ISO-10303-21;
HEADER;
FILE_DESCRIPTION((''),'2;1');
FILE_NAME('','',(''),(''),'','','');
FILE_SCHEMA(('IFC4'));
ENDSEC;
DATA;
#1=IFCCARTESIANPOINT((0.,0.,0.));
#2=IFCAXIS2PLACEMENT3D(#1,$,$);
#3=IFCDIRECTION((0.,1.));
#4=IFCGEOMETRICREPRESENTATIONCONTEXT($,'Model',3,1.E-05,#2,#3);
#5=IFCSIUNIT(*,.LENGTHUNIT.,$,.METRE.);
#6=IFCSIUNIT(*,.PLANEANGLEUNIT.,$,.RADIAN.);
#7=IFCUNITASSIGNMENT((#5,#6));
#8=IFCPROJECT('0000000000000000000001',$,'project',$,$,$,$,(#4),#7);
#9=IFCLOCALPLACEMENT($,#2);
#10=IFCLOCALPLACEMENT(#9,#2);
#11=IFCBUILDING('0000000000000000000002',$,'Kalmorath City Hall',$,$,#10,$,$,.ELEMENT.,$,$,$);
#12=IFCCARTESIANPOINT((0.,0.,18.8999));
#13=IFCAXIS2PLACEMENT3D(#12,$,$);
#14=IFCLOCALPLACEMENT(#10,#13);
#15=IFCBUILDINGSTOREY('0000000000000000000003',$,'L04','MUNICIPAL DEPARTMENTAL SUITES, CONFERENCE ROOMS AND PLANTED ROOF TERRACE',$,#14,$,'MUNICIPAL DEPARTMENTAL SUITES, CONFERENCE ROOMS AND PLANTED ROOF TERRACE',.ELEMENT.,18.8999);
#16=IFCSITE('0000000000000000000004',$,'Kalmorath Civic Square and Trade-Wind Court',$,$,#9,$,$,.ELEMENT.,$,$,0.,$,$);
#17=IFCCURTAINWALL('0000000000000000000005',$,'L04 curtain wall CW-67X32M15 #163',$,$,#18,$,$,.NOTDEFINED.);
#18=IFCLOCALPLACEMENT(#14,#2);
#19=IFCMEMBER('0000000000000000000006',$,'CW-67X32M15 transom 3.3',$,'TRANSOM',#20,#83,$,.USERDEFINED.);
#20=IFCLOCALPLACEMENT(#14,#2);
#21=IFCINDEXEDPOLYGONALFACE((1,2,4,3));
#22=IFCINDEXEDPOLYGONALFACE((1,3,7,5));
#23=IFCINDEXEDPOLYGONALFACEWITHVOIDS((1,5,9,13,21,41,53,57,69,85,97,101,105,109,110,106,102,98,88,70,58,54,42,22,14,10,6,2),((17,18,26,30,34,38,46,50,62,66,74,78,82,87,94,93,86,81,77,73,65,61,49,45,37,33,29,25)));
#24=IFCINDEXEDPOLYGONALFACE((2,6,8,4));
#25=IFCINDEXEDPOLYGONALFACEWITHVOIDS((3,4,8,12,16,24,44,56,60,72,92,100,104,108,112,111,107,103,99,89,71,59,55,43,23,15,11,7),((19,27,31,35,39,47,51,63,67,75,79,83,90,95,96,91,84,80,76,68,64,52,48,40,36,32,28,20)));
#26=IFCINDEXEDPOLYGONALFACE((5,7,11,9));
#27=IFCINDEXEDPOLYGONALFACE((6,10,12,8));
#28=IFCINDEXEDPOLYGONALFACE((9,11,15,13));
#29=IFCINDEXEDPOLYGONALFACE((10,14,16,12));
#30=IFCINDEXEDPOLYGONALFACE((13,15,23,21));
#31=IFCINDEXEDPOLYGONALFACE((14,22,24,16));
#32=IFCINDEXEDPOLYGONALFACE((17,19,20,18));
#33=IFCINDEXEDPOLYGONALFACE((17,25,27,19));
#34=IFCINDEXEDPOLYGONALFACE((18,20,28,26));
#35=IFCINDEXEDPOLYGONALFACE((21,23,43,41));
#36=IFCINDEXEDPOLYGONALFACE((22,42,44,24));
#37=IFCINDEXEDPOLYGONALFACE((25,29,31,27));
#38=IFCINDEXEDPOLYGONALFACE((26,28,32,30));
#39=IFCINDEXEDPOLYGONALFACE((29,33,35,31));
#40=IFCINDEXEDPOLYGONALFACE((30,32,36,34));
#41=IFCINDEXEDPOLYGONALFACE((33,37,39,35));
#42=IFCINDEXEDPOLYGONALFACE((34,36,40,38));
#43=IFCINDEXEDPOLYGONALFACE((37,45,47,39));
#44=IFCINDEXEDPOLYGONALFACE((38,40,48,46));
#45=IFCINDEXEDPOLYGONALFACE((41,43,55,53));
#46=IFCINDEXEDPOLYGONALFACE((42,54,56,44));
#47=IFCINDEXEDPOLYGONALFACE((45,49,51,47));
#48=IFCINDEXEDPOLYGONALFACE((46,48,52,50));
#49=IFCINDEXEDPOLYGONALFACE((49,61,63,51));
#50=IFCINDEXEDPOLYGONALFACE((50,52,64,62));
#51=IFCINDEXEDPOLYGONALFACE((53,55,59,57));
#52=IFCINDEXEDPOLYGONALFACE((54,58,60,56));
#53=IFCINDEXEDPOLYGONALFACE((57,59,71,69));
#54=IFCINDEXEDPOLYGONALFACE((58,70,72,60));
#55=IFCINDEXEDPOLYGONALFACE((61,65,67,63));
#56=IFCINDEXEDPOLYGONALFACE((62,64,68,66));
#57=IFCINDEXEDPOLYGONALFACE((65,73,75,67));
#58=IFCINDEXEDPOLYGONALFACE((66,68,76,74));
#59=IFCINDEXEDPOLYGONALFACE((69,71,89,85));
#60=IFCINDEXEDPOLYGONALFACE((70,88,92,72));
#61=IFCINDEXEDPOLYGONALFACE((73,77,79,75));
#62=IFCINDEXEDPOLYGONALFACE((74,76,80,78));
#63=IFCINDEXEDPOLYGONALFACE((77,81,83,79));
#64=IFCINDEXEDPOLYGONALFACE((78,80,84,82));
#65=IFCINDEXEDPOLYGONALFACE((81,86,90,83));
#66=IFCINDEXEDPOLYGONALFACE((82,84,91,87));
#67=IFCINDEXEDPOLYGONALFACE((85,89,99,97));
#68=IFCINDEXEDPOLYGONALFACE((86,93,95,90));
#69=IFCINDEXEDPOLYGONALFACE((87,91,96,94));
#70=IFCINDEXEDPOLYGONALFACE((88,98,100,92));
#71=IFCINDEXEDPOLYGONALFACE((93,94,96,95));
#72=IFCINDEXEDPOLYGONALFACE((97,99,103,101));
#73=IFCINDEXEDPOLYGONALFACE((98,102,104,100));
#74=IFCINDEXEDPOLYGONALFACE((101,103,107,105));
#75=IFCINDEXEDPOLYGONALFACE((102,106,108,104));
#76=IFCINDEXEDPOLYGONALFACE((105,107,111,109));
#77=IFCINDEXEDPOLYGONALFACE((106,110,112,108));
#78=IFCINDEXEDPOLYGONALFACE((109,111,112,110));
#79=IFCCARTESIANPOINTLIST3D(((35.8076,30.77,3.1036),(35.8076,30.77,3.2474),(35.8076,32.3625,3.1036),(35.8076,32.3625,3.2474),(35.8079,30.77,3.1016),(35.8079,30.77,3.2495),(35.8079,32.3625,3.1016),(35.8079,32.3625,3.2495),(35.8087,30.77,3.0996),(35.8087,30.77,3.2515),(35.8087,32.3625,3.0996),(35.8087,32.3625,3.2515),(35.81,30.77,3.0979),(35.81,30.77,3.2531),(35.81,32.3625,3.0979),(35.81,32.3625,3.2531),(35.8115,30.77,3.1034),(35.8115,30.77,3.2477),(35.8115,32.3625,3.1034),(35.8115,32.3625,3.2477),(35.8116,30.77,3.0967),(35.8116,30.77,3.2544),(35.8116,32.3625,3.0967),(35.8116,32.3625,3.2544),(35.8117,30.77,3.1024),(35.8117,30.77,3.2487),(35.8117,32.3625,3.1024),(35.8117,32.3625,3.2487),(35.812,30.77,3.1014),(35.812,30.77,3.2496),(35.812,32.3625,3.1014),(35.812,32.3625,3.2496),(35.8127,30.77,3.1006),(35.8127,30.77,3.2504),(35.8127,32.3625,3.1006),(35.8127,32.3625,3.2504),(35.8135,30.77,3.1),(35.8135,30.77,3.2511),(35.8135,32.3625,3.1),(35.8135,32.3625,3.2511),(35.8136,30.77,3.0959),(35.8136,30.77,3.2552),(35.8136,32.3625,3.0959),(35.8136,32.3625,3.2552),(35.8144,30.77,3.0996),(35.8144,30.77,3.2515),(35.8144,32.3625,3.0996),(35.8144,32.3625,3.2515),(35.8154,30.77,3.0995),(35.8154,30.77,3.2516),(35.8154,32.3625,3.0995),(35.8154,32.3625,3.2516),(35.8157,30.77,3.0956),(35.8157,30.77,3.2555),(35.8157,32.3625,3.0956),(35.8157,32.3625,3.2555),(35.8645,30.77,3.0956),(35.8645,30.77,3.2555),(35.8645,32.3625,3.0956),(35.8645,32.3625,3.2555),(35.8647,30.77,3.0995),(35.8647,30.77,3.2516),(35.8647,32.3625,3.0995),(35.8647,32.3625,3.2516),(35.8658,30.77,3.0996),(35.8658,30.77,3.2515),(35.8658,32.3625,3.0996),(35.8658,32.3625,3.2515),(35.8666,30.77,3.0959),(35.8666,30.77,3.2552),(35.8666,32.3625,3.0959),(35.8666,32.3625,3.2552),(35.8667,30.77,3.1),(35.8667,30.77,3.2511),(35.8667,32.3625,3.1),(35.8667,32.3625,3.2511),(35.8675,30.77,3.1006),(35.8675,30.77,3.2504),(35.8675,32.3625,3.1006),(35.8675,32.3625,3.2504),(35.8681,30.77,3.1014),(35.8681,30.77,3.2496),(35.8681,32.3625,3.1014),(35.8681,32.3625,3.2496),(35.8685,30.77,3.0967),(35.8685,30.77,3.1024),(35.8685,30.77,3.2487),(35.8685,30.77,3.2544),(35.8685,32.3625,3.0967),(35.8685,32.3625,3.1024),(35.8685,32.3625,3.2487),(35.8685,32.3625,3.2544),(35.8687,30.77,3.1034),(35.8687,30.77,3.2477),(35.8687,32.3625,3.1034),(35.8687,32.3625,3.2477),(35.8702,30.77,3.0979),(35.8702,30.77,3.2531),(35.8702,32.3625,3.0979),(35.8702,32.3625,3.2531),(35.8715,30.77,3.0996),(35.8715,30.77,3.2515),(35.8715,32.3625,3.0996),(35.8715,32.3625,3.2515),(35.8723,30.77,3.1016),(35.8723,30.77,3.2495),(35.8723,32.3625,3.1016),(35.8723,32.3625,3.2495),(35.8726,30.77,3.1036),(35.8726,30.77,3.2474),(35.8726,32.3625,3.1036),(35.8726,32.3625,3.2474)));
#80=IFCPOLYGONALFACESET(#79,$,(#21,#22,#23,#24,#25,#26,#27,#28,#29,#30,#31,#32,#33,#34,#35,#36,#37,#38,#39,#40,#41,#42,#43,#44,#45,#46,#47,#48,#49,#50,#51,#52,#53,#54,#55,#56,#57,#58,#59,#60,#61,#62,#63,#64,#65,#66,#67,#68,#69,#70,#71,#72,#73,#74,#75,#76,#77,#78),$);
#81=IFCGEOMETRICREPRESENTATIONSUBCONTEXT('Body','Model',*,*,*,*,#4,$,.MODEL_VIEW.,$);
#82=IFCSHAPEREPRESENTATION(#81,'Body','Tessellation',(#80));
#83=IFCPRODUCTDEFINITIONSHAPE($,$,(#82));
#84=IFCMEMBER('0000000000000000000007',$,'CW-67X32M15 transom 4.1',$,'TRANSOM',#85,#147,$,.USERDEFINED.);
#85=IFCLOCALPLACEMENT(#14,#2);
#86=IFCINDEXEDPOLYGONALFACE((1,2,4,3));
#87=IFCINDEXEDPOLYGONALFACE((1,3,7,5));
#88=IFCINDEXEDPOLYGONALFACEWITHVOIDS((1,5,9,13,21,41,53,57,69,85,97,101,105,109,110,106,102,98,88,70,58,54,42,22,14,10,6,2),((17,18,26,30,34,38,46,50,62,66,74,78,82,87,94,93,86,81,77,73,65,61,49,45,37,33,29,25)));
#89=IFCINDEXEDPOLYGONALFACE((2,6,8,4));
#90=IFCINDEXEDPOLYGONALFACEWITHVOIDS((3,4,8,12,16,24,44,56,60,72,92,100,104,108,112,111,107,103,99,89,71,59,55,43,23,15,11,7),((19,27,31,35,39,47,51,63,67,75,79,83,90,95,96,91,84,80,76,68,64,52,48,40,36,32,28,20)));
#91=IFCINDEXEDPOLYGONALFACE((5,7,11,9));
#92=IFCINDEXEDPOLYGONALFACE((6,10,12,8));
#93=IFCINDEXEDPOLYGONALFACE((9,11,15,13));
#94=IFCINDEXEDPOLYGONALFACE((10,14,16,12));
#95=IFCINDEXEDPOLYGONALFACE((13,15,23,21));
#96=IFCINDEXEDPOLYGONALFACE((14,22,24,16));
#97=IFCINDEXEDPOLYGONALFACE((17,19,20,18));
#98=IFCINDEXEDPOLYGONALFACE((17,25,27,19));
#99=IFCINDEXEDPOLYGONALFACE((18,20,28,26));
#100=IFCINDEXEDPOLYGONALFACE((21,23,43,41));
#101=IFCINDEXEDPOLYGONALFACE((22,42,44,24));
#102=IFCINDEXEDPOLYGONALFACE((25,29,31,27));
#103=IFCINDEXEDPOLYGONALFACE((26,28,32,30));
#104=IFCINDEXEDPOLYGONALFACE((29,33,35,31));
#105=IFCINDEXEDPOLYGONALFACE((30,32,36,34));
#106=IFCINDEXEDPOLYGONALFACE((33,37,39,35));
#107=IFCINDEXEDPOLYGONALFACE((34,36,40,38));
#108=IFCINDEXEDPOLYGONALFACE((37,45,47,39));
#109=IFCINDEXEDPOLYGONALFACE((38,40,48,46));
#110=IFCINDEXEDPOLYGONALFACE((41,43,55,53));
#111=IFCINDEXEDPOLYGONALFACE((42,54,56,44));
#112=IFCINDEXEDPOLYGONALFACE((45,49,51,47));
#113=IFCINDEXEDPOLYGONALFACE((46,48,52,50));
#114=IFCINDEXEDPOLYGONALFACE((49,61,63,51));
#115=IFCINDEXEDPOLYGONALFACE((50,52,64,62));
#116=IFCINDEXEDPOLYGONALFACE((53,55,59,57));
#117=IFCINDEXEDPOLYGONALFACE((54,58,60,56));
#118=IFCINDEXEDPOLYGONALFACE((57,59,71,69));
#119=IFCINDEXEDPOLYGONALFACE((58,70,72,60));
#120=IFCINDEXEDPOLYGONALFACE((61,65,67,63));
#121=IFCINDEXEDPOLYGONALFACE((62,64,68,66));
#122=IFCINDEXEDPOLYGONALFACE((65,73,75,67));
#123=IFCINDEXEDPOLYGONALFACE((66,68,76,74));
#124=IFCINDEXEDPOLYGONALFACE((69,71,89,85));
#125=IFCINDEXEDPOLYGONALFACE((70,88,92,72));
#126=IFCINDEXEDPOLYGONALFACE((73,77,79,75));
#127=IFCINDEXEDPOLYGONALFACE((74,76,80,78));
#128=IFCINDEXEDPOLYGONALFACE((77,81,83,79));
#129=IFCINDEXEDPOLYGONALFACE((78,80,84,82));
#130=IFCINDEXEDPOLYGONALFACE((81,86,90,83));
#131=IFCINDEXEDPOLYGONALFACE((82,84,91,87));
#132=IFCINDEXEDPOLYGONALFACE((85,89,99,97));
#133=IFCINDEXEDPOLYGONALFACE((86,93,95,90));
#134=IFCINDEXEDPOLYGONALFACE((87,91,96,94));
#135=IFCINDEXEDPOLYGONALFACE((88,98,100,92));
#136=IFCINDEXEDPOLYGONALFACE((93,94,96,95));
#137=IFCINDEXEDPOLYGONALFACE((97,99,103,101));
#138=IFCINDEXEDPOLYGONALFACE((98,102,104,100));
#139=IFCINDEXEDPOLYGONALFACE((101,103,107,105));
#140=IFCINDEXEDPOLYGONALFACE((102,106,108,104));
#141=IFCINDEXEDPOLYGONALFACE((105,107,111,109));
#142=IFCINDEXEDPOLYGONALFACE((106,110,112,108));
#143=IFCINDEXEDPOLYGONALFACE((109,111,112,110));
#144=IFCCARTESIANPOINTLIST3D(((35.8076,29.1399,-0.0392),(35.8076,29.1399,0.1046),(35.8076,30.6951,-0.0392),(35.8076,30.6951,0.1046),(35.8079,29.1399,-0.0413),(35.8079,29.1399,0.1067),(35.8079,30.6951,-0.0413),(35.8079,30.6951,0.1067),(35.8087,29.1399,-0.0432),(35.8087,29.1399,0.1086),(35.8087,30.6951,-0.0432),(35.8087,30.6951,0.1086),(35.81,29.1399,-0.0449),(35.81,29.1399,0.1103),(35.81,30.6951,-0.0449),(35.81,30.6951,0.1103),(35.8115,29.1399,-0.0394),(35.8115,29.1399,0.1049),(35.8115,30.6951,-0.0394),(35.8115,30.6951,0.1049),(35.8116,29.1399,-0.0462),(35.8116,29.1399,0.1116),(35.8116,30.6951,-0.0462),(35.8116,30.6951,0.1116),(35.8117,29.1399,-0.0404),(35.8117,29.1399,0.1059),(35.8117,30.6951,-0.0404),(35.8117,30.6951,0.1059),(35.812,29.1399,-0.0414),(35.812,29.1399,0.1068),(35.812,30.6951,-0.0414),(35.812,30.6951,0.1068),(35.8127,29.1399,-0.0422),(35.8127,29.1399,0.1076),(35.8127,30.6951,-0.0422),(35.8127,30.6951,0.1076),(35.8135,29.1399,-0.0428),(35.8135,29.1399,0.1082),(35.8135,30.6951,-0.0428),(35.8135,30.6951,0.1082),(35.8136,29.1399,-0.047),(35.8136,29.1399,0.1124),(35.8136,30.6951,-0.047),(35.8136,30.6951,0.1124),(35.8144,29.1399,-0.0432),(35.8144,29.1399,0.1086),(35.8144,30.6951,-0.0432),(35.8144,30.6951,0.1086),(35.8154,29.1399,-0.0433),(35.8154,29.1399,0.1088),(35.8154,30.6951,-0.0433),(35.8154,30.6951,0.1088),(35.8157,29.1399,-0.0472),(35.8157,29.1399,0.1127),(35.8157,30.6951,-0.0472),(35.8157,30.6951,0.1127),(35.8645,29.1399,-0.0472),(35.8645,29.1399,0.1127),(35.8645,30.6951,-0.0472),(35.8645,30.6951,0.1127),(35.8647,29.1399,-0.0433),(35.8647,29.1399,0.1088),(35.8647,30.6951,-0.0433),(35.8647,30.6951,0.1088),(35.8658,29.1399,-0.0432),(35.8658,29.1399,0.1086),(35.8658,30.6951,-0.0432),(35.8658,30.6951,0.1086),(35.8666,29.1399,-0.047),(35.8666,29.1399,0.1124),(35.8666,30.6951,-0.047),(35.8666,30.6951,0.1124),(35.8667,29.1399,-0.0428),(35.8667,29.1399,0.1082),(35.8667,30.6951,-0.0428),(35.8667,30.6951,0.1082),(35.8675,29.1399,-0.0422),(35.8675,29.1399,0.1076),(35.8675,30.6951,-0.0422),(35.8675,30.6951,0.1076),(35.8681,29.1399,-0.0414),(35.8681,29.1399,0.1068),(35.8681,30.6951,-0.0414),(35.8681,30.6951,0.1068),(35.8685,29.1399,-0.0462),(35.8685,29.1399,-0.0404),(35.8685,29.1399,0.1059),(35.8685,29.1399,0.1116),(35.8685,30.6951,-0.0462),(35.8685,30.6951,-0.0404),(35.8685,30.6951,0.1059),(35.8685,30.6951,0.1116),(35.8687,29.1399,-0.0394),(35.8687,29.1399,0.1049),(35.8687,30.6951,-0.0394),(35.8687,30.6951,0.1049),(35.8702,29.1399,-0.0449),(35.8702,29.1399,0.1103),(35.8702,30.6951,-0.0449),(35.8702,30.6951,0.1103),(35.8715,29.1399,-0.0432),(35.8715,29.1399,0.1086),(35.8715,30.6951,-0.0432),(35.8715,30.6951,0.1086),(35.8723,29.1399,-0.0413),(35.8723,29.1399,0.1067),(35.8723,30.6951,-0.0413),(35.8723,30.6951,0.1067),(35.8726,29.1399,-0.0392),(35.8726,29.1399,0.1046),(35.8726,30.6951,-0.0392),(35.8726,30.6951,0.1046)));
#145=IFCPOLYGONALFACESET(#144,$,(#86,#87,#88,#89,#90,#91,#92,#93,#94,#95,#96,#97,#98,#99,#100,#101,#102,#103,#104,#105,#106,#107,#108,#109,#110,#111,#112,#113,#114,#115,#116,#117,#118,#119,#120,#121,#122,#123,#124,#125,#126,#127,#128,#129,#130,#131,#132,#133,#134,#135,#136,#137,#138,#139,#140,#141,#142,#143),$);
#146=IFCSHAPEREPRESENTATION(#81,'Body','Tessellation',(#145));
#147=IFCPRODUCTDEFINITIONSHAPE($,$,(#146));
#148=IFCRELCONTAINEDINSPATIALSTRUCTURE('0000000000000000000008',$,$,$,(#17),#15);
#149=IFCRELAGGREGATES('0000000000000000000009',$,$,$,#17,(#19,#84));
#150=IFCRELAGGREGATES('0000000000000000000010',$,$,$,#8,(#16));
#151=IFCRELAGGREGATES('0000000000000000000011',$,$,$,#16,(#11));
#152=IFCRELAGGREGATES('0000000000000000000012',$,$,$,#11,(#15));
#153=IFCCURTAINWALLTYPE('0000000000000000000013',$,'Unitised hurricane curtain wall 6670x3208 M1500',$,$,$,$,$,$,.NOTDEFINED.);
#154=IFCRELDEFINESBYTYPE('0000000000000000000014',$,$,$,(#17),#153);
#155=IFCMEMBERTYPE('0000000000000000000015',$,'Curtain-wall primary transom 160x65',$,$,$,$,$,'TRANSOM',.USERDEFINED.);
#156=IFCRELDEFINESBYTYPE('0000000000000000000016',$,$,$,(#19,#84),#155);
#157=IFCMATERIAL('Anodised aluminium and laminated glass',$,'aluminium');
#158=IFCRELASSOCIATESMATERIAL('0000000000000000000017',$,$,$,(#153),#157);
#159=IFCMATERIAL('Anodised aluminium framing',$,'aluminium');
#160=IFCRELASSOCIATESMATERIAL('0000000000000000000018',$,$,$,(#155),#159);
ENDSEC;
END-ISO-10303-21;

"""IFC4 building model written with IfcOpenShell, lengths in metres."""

from ifc_helpers import new_model, si_unit, direction, frame, origin, origin_2d, place, context, subcontext, project, spatial, hollow_rectangle, extrude, material, material_profile, profile_set, type_object, element, aggregate, save


model = new_model("IFC4")

# Units and contexts
model_context = context("Model", 3, precision=1e-05, world=origin(), true_north=direction((0.0, 1.0)))
body_context = subcontext(model_context, "Body", "Model", "MODEL_VIEW")
ifc_project = project(units=[si_unit("LENGTHUNIT", "METRE"), si_unit("PLANEANGLEUNIT", "RADIAN")], contexts=[model_context])

# Site, building, storey
site_placement = place(None, origin())
site = spatial("IfcSite", under=ifc_project, at=site_placement, Name="Kalmorath Civic Square and Trade-Wind Court", CompositionType="ELEMENT", RefElevation=0.0)
building_placement = place(site_placement, origin())
building = spatial("IfcBuilding", under=site, at=building_placement, Name="Kalmorath City Hall", CompositionType="ELEMENT")
storey_placement = place(building_placement, frame((0.0, 0.0, 18.8999)))
storey = spatial("IfcBuildingStorey", under=building, at=storey_placement, Name="L04", Description="MUNICIPAL DEPARTMENTAL SUITES, CONFERENCE ROOMS AND PLANTED ROOF TERRACE", LongName="MUNICIPAL DEPARTMENTAL SUITES, CONFERENCE ROOMS AND PLANTED ROOF TERRACE", CompositionType="ELEMENT", Elevation=18.8999)

# Curtain wall
ifc_material_1 = material(Name="Anodised aluminium and laminated glass", Category="aluminium")
curtain_wall_type_1 = type_object("IfcCurtainWallType", Name="Unitised hurricane curtain wall 6670x3208 M1500", PredefinedType="NOTDEFINED", material=ifc_material_1)
curtain_wall_1_placement = place(storey_placement, origin())
curtain_wall_1 = element("IfcCurtainWall", 1, at=curtain_wall_1_placement, inside=storey, type_object=curtain_wall_type_1, Name="L04 curtain wall CW-67X32M15 #163", PredefinedType="NOTDEFINED")

# Members
ifc_material_2 = material(Name="Anodised aluminium framing", Category="aluminium")
ifc_material_profile_1 = material_profile(ifc_material_2, hollow_rectangle(XDim=0.0649, YDim=0.1599, WallThickness=0.0039, InnerFilletRadius=0.0039, OuterFilletRadius=0.0081, at=origin_2d()), Name="ALU-TRN-160X65X4")
ifc_profile_set_1 = profile_set([ifc_material_profile_1], Name="Anodised aluminium framing")
member_type_1 = type_object("IfcMemberType", Name="Curtain-wall primary transom 160x65", ElementType="TRANSOM", PredefinedType="USERDEFINED", material=ifc_profile_set_1)
member_1_placement = place(storey_placement, frame((35.8401, 32.3625, 3.1755), z_axis=(0.0, -1.0, 0.0), x_axis=(1.0, 0.0, 0.0)))
member_1 = element("IfcMember", 2, at=member_1_placement, type_object=member_type_1, Name="CW-67X32M15 transom 3.3", ObjectType="TRANSOM", PredefinedType="USERDEFINED", context=body_context, shape_type="SweptSolid", body=[
    extrude(hollow_rectangle(XDim=0.0649, YDim=0.1599, WallThickness=0.0039, InnerFilletRadius=0.0039, OuterFilletRadius=0.0081, at=origin_2d()), origin(), (0.0, 0.0, 1.0), 1.5925),
])
member_2_placement = place(storey_placement, frame((35.8401, 30.6951, 0.0327), z_axis=(0.0, -1.0, 0.0), x_axis=(1.0, 0.0, 0.0)))
member_2 = element("IfcMember", 3, at=member_2_placement, type_object=member_type_1, Name="CW-67X32M15 transom 4.1", ObjectType="TRANSOM", PredefinedType="USERDEFINED", context=body_context, shape_type="SweptSolid", body=[
    extrude(hollow_rectangle(XDim=0.0649, YDim=0.1599, WallThickness=0.0039, InnerFilletRadius=0.0039, OuterFilletRadius=0.0081, at=origin_2d()), origin(), (0.0, 0.0, 1.0), 1.5552),
])

aggregate(curtain_wall_1, [member_1, member_2])

save(model, "model.ifc")
